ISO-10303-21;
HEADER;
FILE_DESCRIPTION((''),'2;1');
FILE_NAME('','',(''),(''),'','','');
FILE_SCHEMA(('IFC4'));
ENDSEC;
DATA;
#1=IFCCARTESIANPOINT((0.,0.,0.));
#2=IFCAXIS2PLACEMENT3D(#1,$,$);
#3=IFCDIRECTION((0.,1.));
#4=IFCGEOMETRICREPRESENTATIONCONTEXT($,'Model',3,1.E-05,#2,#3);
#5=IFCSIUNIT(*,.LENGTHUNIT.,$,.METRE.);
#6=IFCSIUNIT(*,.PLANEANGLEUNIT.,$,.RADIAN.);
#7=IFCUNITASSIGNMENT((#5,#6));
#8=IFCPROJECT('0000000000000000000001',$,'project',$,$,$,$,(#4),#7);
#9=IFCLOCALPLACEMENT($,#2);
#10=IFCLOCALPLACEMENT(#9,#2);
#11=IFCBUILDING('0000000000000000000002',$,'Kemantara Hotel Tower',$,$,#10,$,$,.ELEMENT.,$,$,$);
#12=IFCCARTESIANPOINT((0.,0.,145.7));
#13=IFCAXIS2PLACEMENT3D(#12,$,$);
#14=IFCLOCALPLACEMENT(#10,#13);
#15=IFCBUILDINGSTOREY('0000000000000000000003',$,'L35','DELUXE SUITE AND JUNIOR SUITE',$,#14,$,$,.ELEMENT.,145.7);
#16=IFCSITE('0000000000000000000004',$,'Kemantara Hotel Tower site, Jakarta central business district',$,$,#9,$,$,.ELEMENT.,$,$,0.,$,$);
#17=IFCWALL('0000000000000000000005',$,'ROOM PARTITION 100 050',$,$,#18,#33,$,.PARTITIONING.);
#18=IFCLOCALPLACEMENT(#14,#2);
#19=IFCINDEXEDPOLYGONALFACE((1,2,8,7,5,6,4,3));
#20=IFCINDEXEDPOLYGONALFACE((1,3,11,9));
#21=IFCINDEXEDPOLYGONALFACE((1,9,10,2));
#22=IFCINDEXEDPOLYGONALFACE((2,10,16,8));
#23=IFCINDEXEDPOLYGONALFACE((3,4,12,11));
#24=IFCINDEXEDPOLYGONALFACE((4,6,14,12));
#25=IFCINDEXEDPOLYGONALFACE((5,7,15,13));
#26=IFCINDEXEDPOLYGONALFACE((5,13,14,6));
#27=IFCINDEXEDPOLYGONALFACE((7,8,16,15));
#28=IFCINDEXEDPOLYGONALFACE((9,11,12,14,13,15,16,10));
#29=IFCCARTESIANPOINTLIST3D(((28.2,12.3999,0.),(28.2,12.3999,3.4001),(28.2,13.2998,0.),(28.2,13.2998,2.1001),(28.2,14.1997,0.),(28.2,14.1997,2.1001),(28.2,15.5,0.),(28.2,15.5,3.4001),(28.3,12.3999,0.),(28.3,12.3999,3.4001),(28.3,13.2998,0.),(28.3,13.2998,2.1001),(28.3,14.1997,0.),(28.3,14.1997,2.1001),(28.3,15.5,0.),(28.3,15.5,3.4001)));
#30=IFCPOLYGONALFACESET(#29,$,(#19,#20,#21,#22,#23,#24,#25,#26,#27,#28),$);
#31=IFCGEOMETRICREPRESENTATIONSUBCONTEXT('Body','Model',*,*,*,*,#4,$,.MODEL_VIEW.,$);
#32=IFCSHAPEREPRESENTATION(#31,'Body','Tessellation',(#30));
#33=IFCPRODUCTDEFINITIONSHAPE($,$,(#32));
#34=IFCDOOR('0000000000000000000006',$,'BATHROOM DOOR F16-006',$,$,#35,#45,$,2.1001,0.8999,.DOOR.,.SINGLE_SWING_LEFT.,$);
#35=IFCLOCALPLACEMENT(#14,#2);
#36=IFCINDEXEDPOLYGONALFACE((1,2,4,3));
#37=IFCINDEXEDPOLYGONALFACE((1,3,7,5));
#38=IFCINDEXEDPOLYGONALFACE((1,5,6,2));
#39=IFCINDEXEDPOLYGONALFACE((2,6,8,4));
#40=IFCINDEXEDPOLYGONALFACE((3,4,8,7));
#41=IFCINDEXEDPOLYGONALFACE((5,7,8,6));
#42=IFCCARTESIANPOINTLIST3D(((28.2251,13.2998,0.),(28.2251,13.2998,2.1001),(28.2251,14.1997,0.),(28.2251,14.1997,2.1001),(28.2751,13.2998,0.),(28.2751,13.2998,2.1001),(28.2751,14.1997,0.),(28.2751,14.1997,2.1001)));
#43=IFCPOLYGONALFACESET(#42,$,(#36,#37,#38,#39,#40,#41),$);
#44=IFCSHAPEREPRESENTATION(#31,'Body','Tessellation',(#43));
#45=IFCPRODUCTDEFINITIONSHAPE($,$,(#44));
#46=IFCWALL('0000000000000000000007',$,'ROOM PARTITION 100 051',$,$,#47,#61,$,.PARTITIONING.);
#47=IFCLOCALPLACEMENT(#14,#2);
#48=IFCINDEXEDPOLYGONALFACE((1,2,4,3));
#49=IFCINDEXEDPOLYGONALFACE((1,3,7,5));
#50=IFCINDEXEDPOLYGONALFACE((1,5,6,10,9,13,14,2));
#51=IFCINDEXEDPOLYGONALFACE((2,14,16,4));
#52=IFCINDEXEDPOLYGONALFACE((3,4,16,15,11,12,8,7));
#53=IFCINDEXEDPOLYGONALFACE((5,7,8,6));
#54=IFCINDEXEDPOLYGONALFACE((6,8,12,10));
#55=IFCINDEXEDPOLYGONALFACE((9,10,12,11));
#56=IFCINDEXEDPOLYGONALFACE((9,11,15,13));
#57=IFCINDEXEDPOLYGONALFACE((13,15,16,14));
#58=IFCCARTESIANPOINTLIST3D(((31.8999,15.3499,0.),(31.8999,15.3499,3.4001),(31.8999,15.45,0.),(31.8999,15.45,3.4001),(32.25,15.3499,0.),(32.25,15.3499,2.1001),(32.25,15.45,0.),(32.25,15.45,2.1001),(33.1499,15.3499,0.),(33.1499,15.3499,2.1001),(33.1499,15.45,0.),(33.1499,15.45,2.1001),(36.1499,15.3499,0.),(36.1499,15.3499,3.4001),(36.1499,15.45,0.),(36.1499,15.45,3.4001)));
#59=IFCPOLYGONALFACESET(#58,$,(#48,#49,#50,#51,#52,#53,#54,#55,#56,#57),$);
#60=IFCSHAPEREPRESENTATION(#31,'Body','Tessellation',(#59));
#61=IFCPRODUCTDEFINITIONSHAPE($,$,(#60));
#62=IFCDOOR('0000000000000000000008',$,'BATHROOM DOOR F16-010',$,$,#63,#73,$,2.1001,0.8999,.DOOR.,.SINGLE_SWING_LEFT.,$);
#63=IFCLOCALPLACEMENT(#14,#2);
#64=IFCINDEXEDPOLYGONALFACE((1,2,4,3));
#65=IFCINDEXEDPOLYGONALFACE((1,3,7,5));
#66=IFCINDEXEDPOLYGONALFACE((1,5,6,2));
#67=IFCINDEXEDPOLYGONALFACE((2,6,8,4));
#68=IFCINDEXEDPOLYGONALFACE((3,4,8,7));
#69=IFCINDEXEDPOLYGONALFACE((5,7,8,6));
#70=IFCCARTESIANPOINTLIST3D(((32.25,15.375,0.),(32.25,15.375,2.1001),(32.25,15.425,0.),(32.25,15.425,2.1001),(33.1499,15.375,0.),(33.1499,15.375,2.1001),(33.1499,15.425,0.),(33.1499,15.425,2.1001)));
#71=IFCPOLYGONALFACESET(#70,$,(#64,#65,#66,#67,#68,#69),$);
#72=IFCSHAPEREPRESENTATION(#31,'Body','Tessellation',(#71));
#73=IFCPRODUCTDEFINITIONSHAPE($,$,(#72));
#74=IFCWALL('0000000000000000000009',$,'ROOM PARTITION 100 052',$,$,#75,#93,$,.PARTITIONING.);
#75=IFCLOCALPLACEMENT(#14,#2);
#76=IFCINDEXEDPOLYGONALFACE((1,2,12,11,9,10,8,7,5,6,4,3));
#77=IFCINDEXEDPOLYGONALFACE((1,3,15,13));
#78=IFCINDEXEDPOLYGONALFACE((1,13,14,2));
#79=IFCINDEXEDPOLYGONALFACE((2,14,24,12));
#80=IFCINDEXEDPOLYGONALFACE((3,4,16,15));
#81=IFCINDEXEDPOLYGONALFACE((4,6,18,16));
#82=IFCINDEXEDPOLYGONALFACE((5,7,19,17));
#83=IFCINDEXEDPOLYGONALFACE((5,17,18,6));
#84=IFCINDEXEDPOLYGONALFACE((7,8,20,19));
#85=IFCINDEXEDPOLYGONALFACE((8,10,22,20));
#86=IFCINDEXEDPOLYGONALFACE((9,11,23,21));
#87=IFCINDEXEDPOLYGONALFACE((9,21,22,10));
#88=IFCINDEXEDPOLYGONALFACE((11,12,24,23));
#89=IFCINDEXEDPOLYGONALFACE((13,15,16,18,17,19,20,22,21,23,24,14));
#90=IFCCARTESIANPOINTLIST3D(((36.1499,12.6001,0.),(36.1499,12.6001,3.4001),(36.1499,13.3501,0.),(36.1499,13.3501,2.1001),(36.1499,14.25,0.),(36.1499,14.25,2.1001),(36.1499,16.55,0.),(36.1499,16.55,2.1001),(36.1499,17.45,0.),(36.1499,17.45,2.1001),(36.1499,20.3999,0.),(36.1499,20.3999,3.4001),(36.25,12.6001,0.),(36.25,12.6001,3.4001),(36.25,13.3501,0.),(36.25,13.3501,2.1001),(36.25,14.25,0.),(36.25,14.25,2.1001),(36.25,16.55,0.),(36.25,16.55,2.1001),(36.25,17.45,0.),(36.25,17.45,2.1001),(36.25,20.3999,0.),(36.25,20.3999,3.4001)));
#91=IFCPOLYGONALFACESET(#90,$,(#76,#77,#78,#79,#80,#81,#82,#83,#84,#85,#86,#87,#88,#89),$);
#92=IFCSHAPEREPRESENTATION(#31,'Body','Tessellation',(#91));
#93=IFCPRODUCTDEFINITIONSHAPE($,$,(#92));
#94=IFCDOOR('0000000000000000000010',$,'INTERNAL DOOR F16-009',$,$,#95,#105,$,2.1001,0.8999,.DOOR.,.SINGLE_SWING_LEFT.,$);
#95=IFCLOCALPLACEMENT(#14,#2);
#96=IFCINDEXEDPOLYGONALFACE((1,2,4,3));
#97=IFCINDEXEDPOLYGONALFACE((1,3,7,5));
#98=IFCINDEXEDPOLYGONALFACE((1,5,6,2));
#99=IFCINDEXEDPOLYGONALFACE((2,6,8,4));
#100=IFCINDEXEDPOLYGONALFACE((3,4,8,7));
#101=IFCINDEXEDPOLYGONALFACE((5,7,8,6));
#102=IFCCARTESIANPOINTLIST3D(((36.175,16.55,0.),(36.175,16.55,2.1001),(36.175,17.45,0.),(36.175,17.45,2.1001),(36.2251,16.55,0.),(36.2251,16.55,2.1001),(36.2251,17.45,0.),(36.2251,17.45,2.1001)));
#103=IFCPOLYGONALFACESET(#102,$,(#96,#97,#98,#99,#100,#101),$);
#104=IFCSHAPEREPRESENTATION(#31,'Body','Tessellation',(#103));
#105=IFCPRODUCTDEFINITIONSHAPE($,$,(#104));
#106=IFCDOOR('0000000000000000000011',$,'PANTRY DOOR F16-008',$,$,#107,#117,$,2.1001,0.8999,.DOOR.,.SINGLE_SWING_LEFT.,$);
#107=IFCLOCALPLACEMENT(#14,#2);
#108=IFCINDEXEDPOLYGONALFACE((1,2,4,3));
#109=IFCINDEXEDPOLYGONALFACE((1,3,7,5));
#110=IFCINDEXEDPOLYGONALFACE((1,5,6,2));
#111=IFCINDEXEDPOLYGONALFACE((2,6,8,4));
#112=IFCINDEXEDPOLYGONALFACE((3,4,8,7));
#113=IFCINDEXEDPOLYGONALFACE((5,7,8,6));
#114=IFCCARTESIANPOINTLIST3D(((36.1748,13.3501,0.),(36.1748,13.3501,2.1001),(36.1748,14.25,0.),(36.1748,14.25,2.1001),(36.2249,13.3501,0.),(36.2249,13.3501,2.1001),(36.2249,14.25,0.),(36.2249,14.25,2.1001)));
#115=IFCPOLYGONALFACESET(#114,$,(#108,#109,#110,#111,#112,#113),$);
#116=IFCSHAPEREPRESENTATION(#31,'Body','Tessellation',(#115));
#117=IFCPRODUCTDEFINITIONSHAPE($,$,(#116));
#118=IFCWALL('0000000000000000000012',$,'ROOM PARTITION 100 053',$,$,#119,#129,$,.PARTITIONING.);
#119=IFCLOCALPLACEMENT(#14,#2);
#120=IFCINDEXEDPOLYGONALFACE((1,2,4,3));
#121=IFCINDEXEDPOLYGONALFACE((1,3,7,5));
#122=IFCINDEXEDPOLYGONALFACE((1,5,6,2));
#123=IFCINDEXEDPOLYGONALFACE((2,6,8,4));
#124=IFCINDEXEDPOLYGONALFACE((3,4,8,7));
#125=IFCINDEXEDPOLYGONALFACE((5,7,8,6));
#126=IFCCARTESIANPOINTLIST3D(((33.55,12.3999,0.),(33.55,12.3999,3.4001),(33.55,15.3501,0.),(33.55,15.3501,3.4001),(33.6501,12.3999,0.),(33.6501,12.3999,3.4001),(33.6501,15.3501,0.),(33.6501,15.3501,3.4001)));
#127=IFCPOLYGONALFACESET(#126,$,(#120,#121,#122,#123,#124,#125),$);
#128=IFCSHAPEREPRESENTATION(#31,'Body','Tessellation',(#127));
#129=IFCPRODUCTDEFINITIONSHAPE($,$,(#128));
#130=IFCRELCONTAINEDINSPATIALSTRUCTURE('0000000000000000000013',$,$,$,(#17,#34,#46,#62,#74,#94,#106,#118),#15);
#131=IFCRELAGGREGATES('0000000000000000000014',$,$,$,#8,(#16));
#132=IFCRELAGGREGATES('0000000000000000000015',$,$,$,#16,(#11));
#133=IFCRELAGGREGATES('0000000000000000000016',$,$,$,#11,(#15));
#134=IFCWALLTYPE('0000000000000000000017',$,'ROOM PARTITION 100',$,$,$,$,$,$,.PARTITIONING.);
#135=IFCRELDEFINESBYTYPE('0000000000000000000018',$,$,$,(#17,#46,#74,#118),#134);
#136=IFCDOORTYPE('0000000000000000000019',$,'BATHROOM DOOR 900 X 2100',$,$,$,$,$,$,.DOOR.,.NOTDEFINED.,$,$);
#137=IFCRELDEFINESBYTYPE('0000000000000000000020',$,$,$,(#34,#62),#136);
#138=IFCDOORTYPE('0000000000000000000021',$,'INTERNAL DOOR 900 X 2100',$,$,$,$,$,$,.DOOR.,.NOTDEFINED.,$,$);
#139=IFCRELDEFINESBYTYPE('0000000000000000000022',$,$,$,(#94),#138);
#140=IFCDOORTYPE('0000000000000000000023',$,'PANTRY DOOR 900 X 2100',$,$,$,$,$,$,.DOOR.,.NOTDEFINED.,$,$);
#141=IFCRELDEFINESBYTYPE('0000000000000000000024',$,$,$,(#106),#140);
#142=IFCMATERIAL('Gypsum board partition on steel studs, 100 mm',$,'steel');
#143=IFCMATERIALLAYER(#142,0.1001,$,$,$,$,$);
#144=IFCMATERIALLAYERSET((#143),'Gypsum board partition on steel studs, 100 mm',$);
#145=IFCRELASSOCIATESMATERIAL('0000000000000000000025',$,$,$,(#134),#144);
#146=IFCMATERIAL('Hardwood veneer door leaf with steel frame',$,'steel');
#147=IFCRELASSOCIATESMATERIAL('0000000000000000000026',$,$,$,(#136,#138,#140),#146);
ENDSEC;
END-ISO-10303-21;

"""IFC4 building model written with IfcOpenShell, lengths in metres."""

from ifc_helpers import new_model, si_unit, direction, frame, frame_2d, origin, place, context, subcontext, project, spatial, rectangle, extrude, material, layer, layer_set, type_object, element, fill, save


model = new_model("IFC4")

# Units and contexts
model_context = context("Model", 3, precision=1e-05, world=origin(), true_north=direction((0.0, 1.0)))
body_context = subcontext(model_context, "Body", "Model", "MODEL_VIEW")
ifc_project = project(units=[si_unit("LENGTHUNIT", "METRE"), si_unit("PLANEANGLEUNIT", "RADIAN")], contexts=[model_context])

# Site, building, storey
site_placement = place(None, origin())
site = spatial("IfcSite", under=ifc_project, at=site_placement, Name="Kemantara Hotel Tower site, Jakarta central business district", CompositionType="ELEMENT", RefElevation=0.0)
building_placement = place(site_placement, origin())
building = spatial("IfcBuilding", under=site, at=building_placement, Name="Kemantara Hotel Tower", CompositionType="ELEMENT")
storey_placement = place(building_placement, frame((0.0, 0.0, 145.7)))
storey = spatial("IfcBuildingStorey", under=building, at=storey_placement, Name="L35", Description="DELUXE SUITE AND JUNIOR SUITE", CompositionType="ELEMENT", Elevation=145.7)

# Shared definitions
ifc_material_1 = material(Name="Hardwood veneer door leaf with steel frame", Category="steel")

# Shared definitions
ifc_material_2 = material(Name="Gypsum board partition on steel studs, 100 mm", Category="steel")
ifc_layer_1 = layer(ifc_material_2, 0.1001)
ifc_layer_set_1 = layer_set([ifc_layer_1], Name="Gypsum board partition on steel studs, 100 mm")
wall_type_1 = type_object("IfcWallType", Name="ROOM PARTITION 100", PredefinedType="PARTITIONING", material=ifc_layer_set_1)

# Walls, openings, doors
wall_1_placement = place(storey_placement, frame((28.25, 12.3999, 0.0), z_axis=(0.0, 0.0, 1.0), x_axis=(0.0, 1.0, 0.0)))
wall_1 = element("IfcWall", 1, at=wall_1_placement, inside=storey, type_object=wall_type_1, Name="ROOM PARTITION 100 050", PredefinedType="PARTITIONING", context=body_context, shape_type="SweptSolid", body=[
    extrude(rectangle(XDim=3.1001, YDim=0.1001, at=frame_2d((1.55, 0.0))), origin(), (0.0, 0.0, 1.0), 3.4001),
])
opening_1_placement = place(wall_1_placement, frame((0.8999, 0.0, 0.0)))
opening_1 = element("IfcOpeningElement", 2, at=opening_1_placement, cuts=wall_1, PredefinedType="OPENING", context=body_context, shape_type="SweptSolid", body=[
    extrude(rectangle(XDim=0.8999, YDim=2.1001, at=frame_2d((0.45, 1.05))), frame((0.0, 0.0601, 0.0), z_axis=(0.0, -1.0, 0.0), x_axis=(1.0, 0.0, 0.0)), (0.0, 0.0, 1.0), 0.1201),
])
door_type_1 = type_object("IfcDoorType", Name="BATHROOM DOOR 900 X 2100", OperationType="NOTDEFINED", PredefinedType="DOOR", material=ifc_material_1)
door_1_placement = place(opening_1_placement, origin())
door_1 = element("IfcDoor", 3, at=door_1_placement, inside=storey, type_object=door_type_1, Name="BATHROOM DOOR F16-006", OperationType="SINGLE_SWING_LEFT", OverallHeight=2.1001, OverallWidth=0.8999, PredefinedType="DOOR", context=body_context, shape_type="SweptSolid", body=[
    extrude(rectangle(XDim=0.8999, YDim=2.1001, at=frame_2d((0.45, 1.05))), frame((0.0, 0.0249, 0.0), z_axis=(0.0, -1.0, 0.0), x_axis=(1.0, 0.0, 0.0)), (0.0, 0.0, 1.0), 0.05),
])
fill(opening_1, door_1)
wall_2_placement = place(storey_placement, frame((36.1499, 15.3999, 0.0), z_axis=(0.0, 0.0, 1.0), x_axis=(-1.0, 0.0, 0.0)))
wall_2 = element("IfcWall", 4, at=wall_2_placement, inside=storey, type_object=wall_type_1, Name="ROOM PARTITION 100 051", PredefinedType="PARTITIONING", context=body_context, shape_type="SweptSolid", body=[
    extrude(rectangle(XDim=4.25, YDim=0.1001, at=frame_2d((2.125, 0.0))), origin(), (0.0, 0.0, 1.0), 3.4001),
])
opening_2_placement = place(wall_2_placement, frame((3.0, 0.0, 0.0)))
opening_2 = element("IfcOpeningElement", 5, at=opening_2_placement, cuts=wall_2, PredefinedType="OPENING", context=body_context, shape_type="SweptSolid", body=[
    extrude(rectangle(XDim=0.8999, YDim=2.1001, at=frame_2d((0.45, 1.05))), frame((0.0, 0.0601, 0.0), z_axis=(0.0, -1.0, 0.0), x_axis=(1.0, 0.0, 0.0)), (0.0, 0.0, 1.0), 0.1201),
])
door_2_placement = place(opening_2_placement, origin())
door_2 = element("IfcDoor", 6, at=door_2_placement, inside=storey, type_object=door_type_1, Name="BATHROOM DOOR F16-010", OperationType="SINGLE_SWING_LEFT", OverallHeight=2.1001, OverallWidth=0.8999, PredefinedType="DOOR", context=body_context, shape_type="SweptSolid", body=[
    extrude(rectangle(XDim=0.8999, YDim=2.1001, at=frame_2d((0.45, 1.05))), frame((0.0, 0.0249, 0.0), z_axis=(0.0, -1.0, 0.0), x_axis=(1.0, 0.0, 0.0)), (0.0, 0.0, 1.0), 0.05),
])
fill(opening_2, door_2)

# Wall, openings, doors
wall_3_placement = place(storey_placement, frame((36.2, 12.6001, 0.0), z_axis=(0.0, 0.0, 1.0), x_axis=(0.0, 1.0, 0.0)))
wall_3 = element("IfcWall", 7, at=wall_3_placement, inside=storey, type_object=wall_type_1, Name="ROOM PARTITION 100 052", PredefinedType="PARTITIONING", context=body_context, shape_type="SweptSolid", body=[
    extrude(rectangle(XDim=7.7998, YDim=0.1001, at=frame_2d((3.8999, 0.0))), origin(), (0.0, 0.0, 1.0), 3.4001),
])
opening_3_placement = place(wall_3_placement, frame((0.75, 0.0, 0.0)))
opening_3 = element("IfcOpeningElement", 8, at=opening_3_placement, cuts=wall_3, PredefinedType="OPENING", context=body_context, shape_type="SweptSolid", body=[
    extrude(rectangle(XDim=0.8999, YDim=2.1001, at=frame_2d((0.45, 1.05))), frame((0.0, 0.0601, 0.0), z_axis=(0.0, -1.0, 0.0), x_axis=(1.0, 0.0, 0.0)), (0.0, 0.0, 1.0), 0.1201),
])
opening_4_placement = place(wall_3_placement, frame((3.95, 0.0, 0.0)))
opening_4 = element("IfcOpeningElement", 9, at=opening_4_placement, cuts=wall_3, PredefinedType="OPENING", context=body_context, shape_type="SweptSolid", body=[
    extrude(rectangle(XDim=0.8999, YDim=2.1001, at=frame_2d((0.45, 1.05))), frame((0.0, 0.0601, 0.0), z_axis=(0.0, -1.0, 0.0), x_axis=(1.0, 0.0, 0.0)), (0.0, 0.0, 1.0), 0.1201),
])
door_type_2 = type_object("IfcDoorType", Name="INTERNAL DOOR 900 X 2100", OperationType="NOTDEFINED", PredefinedType="DOOR", material=ifc_material_1)
door_3_placement = place(opening_4_placement, origin())
door_3 = element("IfcDoor", 10, at=door_3_placement, inside=storey, type_object=door_type_2, Name="INTERNAL DOOR F16-009", OperationType="SINGLE_SWING_LEFT", OverallHeight=2.1001, OverallWidth=0.8999, PredefinedType="DOOR", context=body_context, shape_type="SweptSolid", body=[
    extrude(rectangle(XDim=0.8999, YDim=2.1001, at=frame_2d((0.45, 1.05))), frame((0.0, 0.0249, 0.0), z_axis=(0.0, -1.0, 0.0), x_axis=(1.0, 0.0, 0.0)), (0.0, 0.0, 1.0), 0.05),
])
fill(opening_4, door_3)
door_type_3 = type_object("IfcDoorType", Name="PANTRY DOOR 900 X 2100", OperationType="NOTDEFINED", PredefinedType="DOOR", material=ifc_material_1)
door_4_placement = place(opening_3_placement, frame((0.8999, 0.0, 0.0), z_axis=(0.0, 0.0, 1.0), x_axis=(-1.0, 0.0, 0.0)))
door_4 = element("IfcDoor", 11, at=door_4_placement, inside=storey, type_object=door_type_3, Name="PANTRY DOOR F16-008", OperationType="SINGLE_SWING_LEFT", OverallHeight=2.1001, OverallWidth=0.8999, PredefinedType="DOOR", context=body_context, shape_type="SweptSolid", body=[
    extrude(rectangle(XDim=0.8999, YDim=2.1001, at=frame_2d((0.45, 1.05))), frame((0.0, 0.0249, 0.0), z_axis=(0.0, -1.0, 0.0), x_axis=(1.0, 0.0, 0.0)), (0.0, 0.0, 1.0), 0.05),
])
fill(opening_3, door_4)

# Wall
wall_4_placement = place(storey_placement, frame((33.6001, 12.3999, 0.0), z_axis=(0.0, 0.0, 1.0), x_axis=(0.0, 1.0, 0.0)))
element("IfcWall", 12, at=wall_4_placement, inside=storey, type_object=wall_type_1, Name="ROOM PARTITION 100 053", PredefinedType="PARTITIONING", context=body_context, shape_type="SweptSolid", body=[
    extrude(rectangle(XDim=2.9502, YDim=0.1001, at=frame_2d((1.4751, 0.0))), origin(), (0.0, 0.0, 1.0), 3.4001),
])

save(model, "model.ifc")
